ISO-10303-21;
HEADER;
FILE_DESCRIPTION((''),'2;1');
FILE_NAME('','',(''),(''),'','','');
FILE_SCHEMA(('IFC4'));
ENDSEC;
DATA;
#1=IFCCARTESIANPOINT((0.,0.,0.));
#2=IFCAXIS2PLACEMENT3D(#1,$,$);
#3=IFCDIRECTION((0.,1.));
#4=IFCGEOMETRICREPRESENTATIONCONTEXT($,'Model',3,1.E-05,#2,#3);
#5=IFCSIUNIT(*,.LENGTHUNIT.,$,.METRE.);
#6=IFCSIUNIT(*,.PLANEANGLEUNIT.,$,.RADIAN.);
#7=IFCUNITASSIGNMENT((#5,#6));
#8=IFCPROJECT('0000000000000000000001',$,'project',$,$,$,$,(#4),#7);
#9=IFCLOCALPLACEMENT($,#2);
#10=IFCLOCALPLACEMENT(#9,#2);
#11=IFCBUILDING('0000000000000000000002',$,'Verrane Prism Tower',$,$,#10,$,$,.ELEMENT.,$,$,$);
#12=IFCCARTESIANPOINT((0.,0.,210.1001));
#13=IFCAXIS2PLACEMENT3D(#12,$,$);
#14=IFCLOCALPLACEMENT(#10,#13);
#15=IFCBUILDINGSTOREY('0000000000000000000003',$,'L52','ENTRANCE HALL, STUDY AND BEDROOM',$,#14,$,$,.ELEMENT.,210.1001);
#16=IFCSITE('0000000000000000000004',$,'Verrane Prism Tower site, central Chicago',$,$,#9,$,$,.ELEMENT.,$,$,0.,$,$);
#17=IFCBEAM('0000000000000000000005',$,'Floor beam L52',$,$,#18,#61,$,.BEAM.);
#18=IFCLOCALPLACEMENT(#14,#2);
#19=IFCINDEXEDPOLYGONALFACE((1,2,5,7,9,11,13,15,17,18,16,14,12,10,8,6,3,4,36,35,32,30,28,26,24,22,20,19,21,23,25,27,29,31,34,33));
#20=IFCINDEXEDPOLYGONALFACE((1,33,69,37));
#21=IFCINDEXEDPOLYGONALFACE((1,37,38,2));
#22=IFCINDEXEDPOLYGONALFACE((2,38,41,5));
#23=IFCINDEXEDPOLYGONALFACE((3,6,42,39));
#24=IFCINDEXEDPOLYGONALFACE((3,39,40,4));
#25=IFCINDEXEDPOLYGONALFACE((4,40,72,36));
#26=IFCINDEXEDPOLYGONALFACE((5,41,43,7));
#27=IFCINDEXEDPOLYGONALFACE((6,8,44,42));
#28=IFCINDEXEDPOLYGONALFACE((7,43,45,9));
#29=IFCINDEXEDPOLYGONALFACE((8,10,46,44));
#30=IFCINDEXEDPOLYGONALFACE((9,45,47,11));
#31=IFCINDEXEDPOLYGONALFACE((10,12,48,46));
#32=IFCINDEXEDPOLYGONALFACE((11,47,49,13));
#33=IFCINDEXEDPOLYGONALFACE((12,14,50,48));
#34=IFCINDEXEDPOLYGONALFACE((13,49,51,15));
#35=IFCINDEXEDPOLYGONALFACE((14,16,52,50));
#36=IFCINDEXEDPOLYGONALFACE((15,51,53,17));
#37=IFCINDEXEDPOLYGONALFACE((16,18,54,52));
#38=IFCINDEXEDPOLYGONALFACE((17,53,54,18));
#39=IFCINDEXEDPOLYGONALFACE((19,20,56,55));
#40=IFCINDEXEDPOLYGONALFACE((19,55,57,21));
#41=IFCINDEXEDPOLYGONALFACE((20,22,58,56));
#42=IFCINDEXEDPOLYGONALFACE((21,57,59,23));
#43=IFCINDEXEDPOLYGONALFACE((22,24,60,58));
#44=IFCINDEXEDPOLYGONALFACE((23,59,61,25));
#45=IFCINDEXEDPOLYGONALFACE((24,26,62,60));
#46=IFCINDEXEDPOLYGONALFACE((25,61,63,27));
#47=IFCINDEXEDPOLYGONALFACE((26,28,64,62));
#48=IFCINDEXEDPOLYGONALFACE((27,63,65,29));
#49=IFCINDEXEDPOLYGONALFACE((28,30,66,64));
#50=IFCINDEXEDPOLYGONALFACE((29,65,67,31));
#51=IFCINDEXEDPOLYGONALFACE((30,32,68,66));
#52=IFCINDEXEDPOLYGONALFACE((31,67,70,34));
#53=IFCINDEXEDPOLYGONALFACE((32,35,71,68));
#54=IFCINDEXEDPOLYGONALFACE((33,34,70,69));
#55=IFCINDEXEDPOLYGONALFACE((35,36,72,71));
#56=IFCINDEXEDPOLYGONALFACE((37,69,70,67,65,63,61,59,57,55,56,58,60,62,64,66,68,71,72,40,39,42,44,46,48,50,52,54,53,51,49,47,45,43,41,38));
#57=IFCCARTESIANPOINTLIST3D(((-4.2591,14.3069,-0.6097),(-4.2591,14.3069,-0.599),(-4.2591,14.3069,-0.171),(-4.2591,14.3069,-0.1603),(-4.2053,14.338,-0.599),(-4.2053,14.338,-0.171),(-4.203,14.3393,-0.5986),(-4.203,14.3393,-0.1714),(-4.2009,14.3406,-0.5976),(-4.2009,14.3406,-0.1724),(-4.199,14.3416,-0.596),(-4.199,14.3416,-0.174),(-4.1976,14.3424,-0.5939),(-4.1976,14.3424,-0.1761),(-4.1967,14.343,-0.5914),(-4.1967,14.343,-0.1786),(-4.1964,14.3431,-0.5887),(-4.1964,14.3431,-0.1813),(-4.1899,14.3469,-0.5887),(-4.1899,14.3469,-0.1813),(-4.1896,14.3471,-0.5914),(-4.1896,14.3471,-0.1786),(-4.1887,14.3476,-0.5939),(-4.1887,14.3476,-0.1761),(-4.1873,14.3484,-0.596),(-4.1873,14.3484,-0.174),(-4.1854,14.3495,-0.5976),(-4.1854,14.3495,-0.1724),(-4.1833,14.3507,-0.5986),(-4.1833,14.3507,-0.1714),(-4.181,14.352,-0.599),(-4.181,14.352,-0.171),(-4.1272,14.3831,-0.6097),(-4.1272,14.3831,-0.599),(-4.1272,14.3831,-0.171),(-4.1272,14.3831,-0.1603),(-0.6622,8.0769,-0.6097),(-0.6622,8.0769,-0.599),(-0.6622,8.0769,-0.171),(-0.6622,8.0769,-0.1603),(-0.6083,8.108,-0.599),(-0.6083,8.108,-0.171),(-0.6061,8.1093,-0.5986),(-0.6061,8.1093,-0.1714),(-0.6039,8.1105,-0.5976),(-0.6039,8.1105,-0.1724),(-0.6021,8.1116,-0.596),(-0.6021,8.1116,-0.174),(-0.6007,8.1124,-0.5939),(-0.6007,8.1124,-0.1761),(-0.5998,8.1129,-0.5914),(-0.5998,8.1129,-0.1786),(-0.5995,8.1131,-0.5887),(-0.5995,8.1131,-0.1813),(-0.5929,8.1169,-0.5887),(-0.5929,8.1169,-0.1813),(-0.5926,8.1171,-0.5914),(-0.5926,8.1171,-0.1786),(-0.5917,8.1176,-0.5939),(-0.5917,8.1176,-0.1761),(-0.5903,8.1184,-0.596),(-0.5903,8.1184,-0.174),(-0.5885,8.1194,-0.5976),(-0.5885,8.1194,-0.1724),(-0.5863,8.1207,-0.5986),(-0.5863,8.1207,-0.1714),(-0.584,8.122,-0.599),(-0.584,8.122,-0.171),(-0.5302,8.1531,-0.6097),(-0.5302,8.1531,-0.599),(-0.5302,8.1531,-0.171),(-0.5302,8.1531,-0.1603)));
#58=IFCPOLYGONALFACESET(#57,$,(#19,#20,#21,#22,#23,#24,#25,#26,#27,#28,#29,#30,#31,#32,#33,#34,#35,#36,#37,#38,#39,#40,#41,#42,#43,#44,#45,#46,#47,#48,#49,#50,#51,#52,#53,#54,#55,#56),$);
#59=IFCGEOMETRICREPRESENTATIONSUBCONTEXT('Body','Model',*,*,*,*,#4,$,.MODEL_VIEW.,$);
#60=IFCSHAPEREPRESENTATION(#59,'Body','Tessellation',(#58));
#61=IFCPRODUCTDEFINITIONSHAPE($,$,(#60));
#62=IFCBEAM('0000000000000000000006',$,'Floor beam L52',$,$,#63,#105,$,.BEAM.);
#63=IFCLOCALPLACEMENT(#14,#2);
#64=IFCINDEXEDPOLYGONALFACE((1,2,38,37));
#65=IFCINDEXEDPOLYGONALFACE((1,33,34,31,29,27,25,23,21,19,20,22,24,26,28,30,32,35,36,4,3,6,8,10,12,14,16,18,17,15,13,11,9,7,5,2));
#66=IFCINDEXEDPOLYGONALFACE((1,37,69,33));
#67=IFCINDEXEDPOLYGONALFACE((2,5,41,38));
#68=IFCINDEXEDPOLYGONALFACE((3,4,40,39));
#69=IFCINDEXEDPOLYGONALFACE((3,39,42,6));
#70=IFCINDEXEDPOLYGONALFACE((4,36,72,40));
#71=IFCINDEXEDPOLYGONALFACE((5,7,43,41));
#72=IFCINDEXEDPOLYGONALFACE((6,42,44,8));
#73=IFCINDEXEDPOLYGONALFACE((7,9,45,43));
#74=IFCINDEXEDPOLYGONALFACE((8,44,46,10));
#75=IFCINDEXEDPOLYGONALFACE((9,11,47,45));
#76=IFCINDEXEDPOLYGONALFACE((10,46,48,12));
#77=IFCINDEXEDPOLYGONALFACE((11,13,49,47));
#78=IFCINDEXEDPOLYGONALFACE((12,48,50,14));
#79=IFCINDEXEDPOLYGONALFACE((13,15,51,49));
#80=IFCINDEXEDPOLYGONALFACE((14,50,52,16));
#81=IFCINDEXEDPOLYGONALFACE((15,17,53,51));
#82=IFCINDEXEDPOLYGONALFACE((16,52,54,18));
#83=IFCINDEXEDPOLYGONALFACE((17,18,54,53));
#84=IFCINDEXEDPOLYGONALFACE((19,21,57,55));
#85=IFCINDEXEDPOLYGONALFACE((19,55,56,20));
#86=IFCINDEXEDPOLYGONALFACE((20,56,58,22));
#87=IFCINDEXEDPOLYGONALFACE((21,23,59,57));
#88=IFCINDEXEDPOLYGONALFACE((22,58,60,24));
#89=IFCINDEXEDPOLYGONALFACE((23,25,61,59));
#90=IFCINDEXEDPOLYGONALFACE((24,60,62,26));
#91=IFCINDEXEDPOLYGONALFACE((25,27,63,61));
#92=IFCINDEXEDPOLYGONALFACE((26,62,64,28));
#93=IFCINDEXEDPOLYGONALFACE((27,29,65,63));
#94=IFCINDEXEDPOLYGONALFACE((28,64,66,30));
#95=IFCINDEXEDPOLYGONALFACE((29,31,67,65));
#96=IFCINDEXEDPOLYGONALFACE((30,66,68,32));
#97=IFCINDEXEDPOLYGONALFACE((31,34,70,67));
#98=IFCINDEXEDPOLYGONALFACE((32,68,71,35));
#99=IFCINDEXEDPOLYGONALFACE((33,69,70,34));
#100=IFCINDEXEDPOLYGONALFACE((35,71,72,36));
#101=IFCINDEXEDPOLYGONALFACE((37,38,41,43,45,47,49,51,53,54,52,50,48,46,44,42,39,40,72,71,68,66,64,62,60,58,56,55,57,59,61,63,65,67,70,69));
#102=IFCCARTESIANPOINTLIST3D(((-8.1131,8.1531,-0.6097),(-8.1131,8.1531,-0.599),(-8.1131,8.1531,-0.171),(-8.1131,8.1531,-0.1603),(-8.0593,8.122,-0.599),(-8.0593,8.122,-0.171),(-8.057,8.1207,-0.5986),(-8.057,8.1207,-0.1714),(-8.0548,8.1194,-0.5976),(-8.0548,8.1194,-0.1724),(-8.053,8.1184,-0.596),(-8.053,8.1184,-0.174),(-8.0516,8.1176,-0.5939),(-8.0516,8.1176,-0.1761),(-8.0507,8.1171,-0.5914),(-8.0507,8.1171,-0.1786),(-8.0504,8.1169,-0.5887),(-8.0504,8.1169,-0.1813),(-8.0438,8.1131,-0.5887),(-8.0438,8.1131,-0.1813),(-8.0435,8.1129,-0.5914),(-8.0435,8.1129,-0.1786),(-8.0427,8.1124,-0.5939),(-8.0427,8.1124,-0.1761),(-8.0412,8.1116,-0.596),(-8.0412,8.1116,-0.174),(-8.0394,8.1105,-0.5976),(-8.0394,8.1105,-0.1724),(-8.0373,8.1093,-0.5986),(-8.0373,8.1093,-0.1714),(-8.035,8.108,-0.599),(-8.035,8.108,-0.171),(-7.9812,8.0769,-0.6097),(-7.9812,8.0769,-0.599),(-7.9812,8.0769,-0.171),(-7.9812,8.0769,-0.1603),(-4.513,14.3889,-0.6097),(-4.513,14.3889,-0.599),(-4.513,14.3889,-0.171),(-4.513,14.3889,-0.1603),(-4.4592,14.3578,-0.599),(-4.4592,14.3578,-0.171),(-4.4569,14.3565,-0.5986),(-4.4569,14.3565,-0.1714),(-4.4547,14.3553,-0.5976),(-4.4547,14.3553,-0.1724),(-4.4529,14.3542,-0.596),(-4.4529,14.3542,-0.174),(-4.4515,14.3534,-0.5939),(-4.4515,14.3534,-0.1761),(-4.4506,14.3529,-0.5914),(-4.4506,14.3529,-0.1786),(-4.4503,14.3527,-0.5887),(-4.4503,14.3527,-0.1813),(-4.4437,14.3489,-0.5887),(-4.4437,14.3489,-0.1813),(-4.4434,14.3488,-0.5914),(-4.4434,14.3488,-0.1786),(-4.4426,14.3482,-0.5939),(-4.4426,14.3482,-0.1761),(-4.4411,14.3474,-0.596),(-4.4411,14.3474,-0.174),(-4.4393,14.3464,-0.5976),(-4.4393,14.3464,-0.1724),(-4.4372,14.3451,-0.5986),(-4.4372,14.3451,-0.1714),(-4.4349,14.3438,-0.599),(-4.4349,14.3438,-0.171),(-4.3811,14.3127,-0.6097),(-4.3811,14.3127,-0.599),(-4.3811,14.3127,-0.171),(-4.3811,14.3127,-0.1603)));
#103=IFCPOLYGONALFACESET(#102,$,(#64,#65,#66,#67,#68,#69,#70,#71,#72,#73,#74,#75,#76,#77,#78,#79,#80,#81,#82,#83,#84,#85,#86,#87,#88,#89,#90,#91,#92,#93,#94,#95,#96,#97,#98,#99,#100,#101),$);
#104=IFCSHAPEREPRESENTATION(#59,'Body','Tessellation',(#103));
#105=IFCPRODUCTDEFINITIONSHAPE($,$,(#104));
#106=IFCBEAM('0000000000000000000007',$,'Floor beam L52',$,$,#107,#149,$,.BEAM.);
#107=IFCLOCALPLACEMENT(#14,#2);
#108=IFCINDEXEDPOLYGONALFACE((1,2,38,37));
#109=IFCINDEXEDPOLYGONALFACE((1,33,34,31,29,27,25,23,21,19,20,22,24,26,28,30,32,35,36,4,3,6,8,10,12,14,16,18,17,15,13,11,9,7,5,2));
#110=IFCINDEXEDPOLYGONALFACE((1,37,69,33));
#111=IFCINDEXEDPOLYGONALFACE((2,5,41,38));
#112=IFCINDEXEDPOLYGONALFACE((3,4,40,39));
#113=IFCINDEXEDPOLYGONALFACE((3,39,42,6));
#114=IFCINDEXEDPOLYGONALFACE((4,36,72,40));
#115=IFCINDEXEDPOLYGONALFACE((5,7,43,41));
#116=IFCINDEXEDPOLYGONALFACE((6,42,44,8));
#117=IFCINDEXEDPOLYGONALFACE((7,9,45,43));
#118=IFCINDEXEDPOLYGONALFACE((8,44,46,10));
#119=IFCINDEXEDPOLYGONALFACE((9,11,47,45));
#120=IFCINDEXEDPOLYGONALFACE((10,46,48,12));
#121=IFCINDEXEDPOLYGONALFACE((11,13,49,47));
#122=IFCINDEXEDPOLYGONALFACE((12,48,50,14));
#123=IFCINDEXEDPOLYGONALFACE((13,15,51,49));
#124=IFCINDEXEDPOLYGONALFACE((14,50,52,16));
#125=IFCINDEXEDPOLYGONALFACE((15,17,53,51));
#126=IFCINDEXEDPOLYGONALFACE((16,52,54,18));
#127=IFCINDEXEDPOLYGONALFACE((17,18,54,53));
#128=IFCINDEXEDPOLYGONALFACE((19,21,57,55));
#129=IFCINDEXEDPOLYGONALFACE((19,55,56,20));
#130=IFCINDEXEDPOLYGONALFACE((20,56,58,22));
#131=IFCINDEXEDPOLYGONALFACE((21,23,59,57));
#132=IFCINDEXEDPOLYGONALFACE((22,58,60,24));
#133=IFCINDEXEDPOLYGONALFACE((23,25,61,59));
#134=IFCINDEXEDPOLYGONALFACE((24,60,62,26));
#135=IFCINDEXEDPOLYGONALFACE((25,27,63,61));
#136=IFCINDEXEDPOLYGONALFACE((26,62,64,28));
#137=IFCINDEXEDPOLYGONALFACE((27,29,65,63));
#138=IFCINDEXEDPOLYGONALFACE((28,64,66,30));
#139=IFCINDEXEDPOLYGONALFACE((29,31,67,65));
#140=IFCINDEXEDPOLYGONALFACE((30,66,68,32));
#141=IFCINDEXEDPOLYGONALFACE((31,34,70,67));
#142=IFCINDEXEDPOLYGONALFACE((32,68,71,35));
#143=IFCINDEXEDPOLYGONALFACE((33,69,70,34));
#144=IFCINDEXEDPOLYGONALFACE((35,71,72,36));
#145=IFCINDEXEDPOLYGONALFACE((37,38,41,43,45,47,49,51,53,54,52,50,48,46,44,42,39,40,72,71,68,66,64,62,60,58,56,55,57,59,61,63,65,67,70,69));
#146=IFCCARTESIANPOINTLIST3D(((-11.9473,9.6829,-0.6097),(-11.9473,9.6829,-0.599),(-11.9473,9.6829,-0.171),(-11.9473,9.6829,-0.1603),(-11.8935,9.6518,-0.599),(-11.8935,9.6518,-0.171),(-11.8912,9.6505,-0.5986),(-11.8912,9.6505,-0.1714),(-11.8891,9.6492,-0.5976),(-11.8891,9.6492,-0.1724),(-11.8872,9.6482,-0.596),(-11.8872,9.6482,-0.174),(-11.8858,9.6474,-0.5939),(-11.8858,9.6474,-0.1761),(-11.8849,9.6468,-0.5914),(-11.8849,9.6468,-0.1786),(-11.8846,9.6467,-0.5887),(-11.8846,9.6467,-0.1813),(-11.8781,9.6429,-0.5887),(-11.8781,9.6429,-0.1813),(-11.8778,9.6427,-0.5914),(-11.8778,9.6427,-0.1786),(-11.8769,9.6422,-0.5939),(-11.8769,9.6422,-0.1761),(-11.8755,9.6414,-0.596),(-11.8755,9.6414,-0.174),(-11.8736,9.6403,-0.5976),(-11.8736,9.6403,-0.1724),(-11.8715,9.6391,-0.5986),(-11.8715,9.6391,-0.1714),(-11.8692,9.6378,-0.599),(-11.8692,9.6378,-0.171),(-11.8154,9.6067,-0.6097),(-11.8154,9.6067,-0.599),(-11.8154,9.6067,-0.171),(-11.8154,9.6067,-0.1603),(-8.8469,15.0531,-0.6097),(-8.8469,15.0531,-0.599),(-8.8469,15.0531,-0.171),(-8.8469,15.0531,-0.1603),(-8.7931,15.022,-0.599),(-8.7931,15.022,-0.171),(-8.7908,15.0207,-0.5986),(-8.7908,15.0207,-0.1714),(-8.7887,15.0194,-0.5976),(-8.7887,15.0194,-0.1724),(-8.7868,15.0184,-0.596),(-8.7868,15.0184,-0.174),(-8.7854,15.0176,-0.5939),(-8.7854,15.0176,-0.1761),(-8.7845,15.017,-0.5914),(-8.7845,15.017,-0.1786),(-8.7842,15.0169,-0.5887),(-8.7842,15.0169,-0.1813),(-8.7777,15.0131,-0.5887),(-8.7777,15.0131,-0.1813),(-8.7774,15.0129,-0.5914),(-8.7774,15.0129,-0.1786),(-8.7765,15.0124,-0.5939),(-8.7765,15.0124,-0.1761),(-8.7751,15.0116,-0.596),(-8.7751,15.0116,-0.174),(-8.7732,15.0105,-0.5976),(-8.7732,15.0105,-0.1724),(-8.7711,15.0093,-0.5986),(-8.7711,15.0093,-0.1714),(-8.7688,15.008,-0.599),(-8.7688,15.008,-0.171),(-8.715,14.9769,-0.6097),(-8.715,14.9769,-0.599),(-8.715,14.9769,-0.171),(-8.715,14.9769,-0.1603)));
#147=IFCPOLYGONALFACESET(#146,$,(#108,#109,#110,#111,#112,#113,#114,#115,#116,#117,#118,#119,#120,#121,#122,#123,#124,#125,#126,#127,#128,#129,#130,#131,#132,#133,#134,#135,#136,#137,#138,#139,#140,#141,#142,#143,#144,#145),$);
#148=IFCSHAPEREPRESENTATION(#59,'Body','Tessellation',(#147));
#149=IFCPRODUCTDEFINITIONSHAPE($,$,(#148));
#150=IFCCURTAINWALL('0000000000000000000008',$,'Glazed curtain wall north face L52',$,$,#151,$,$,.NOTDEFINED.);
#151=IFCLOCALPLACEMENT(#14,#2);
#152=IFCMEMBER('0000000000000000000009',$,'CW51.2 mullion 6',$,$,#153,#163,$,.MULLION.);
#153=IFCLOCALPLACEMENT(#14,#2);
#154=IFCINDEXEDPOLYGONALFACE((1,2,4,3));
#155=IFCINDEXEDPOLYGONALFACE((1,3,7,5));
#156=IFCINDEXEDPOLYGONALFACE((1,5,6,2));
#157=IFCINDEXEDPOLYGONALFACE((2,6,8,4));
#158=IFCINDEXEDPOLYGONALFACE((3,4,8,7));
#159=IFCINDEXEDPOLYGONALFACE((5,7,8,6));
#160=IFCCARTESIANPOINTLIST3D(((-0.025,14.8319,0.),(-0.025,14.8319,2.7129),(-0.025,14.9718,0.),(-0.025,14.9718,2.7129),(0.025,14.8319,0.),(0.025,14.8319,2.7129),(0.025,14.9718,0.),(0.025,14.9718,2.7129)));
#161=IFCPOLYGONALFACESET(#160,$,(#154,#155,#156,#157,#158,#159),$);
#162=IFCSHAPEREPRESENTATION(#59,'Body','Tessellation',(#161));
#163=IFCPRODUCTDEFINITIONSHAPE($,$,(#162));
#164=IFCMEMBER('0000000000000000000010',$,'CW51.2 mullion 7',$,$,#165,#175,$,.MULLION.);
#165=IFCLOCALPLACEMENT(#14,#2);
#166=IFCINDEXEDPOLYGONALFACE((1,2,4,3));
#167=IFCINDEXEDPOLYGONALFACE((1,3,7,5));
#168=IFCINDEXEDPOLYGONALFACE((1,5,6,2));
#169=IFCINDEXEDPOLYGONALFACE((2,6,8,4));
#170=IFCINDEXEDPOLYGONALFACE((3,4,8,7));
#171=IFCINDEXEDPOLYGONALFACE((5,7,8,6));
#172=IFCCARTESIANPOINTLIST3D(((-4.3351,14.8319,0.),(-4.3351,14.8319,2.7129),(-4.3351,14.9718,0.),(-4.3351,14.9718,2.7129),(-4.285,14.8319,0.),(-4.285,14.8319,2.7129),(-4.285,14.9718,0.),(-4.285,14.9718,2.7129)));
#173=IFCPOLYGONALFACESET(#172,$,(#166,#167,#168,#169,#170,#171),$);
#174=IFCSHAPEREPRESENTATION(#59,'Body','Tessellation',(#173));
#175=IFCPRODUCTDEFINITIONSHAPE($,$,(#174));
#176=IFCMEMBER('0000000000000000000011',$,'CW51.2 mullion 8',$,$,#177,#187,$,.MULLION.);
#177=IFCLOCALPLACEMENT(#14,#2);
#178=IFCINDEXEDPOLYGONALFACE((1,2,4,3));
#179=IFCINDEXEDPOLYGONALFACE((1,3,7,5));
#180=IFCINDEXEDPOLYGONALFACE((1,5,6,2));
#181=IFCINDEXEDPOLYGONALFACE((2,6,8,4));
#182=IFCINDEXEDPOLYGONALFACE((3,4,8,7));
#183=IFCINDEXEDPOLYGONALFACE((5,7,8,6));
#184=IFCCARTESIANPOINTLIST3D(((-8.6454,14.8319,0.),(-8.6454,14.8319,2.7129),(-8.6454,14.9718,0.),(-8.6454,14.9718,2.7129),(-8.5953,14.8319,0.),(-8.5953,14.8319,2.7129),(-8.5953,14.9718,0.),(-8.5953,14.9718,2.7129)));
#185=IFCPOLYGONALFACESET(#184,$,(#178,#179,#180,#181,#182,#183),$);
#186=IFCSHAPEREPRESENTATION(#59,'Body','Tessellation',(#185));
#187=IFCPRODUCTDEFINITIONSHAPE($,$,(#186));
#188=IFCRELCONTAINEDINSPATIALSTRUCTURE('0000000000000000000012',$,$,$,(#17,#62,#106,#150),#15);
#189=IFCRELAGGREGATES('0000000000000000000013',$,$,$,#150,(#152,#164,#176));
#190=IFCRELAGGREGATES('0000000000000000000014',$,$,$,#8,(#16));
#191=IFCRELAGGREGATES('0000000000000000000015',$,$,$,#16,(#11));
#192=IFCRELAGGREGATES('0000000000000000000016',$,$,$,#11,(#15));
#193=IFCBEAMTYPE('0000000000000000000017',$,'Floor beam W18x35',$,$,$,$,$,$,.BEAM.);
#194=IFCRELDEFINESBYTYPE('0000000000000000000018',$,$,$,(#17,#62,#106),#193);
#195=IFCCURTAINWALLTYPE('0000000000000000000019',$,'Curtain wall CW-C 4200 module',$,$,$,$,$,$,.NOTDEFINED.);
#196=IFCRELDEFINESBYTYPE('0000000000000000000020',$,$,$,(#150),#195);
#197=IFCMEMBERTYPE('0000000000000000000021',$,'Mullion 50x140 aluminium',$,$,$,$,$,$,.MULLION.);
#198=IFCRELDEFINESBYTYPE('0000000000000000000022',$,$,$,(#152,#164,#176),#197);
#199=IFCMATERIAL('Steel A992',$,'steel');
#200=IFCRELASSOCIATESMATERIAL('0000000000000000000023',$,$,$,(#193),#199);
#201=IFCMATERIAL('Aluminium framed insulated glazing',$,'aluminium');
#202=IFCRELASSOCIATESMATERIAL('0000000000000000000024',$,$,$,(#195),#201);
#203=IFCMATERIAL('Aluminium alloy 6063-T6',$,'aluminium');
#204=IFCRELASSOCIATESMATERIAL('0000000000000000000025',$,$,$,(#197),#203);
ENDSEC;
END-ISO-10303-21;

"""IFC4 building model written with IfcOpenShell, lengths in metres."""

from ifc_helpers import new_model, si_unit, direction, frame, origin, origin_2d, place, context, subcontext, project, spatial, rectangle, i_section, extrude, material, material_profile, profile_set, type_object, element, aggregate, save


model = new_model("IFC4")

# Units and contexts
model_context = context("Model", 3, precision=1e-05, world=origin(), true_north=direction((0.0, 1.0)))
body_context = subcontext(model_context, "Body", "Model", "MODEL_VIEW")
ifc_project = project(units=[si_unit("LENGTHUNIT", "METRE"), si_unit("PLANEANGLEUNIT", "RADIAN")], contexts=[model_context])

# Site, building, storey
site_placement = place(None, origin())
site = spatial("IfcSite", under=ifc_project, at=site_placement, Name="Verrane Prism Tower site, central Chicago", CompositionType="ELEMENT", RefElevation=0.0)
building_placement = place(site_placement, origin())
building = spatial("IfcBuilding", under=site, at=building_placement, Name="Verrane Prism Tower", CompositionType="ELEMENT")
storey_placement = place(building_placement, frame((0.0, 0.0, 210.1001)))
storey = spatial("IfcBuildingStorey", under=building, at=storey_placement, Name="L52", Description="ENTRANCE HALL, STUDY AND BEDROOM", CompositionType="ELEMENT", Elevation=210.1001)

# Beams
ifc_material_1 = material(Name="Steel A992", Category="steel")
ifc_material_profile_1 = material_profile(ifc_material_1, i_section(OverallWidth=0.1523, OverallDepth=0.4495, WebThickness=0.0076, FlangeThickness=0.0107, FilletRadius=0.0103, at=origin_2d()), Name="W18x35")
ifc_profile_set_1 = profile_set([ifc_material_profile_1], Name="Steel A992")
beam_type_1 = type_object("IfcBeamType", Name="Floor beam W18x35", PredefinedType="BEAM", material=ifc_profile_set_1)
beam_1_placement = place(storey_placement, frame((-0.5962, 8.115, -0.385), z_axis=(-0.500004, 0.866023, 0.0), x_axis=(-0.866023, -0.500004, 0.0)))
element("IfcBeam", 1, at=beam_1_placement, inside=storey, type_object=beam_type_1, Name="Floor beam L52", PredefinedType="BEAM", context=body_context, shape_type="SweptSolid", body=[
    extrude(i_section(OverallWidth=0.1523, OverallDepth=0.4495, WebThickness=0.0076, FlangeThickness=0.0107, FilletRadius=0.0103, at=origin_2d()), origin(), (0.0, 0.0, 1.0), 7.1938),
])
beam_2_placement = place(storey_placement, frame((-8.0471, 8.115, -0.385), z_axis=(0.499983, 0.866035, 0.0), x_axis=(-0.866035, 0.499983, 0.0)))
element("IfcBeam", 2, at=beam_2_placement, inside=storey, type_object=beam_type_1, Name="Floor beam L52", PredefinedType="BEAM", context=body_context, shape_type="SweptSolid", body=[
    extrude(i_section(OverallWidth=0.1523, OverallDepth=0.4495, WebThickness=0.0076, FlangeThickness=0.0107, FilletRadius=0.0103, at=origin_2d()), origin(), (0.0, 0.0, 1.0), 7.2004),
])
beam_3_placement = place(storey_placement, frame((-11.8813, 9.6448, -0.385), z_axis=(0.499988, 0.866032, 0.0), x_axis=(-0.866032, 0.499988, 0.0)))
element("IfcBeam", 3, at=beam_3_placement, inside=storey, type_object=beam_type_1, Name="Floor beam L52", PredefinedType="BEAM", context=body_context, shape_type="SweptSolid", body=[
    extrude(i_section(OverallWidth=0.1523, OverallDepth=0.4495, WebThickness=0.0076, FlangeThickness=0.0107, FilletRadius=0.0103, at=origin_2d()), origin(), (0.0, 0.0, 1.0), 6.2009),
])

# Curtain wall, members
ifc_material_2 = material(Name="Aluminium framed insulated glazing", Category="aluminium")
curtain_wall_type = type_object("IfcCurtainWallType", Name="Curtain wall CW-C 4200 module", PredefinedType="NOTDEFINED", material=ifc_material_2)
curtain_wall_placement = place(storey_placement, origin())
curtain_wall = element("IfcCurtainWall", 4, at=curtain_wall_placement, inside=storey, type_object=curtain_wall_type, Name="Glazed curtain wall north face L52", PredefinedType="NOTDEFINED")
ifc_material_3 = material(Name="Aluminium alloy 6063-T6", Category="aluminium")
ifc_material_profile_2 = material_profile(ifc_material_3, rectangle(XDim=0.1399, YDim=0.05, at=origin_2d()), Name="Mullion 50x140 aluminium")
ifc_profile_set_2 = profile_set([ifc_material_profile_2], Name="Aluminium alloy 6063-T6")
member_type_1 = type_object("IfcMemberType", Name="Mullion 50x140 aluminium", PredefinedType="MULLION", material=ifc_profile_set_2)
member_1_placement = place(storey_placement, frame((0.0, 14.9019, 0.0), z_axis=(0.0, 0.0, 1.0), x_axis=(0.0, -1.0, 0.0)))
member_1 = element("IfcMember", 5, at=member_1_placement, type_object=member_type_1, Name="CW51.2 mullion 6", PredefinedType="MULLION", context=body_context, shape_type="SweptSolid", body=[
    extrude(rectangle(XDim=0.1399, YDim=0.05, at=origin_2d()), origin(), (0.0, 0.0, 1.0), 2.7129),
])
member_2_placement = place(storey_placement, frame((-4.3101, 14.9019, 0.0), z_axis=(0.0, 0.0, 1.0), x_axis=(0.0, -1.0, 0.0)))
member_2 = element("IfcMember", 6, at=member_2_placement, type_object=member_type_1, Name="CW51.2 mullion 7", PredefinedType="MULLION", context=body_context, shape_type="SweptSolid", body=[
    extrude(rectangle(XDim=0.1399, YDim=0.05, at=origin_2d()), origin(), (0.0, 0.0, 1.0), 2.7129),
])
member_3_placement = place(storey_placement, frame((-8.6204, 14.9019, 0.0), z_axis=(0.0, 0.0, 1.0), x_axis=(0.0, -1.0, 0.0)))
member_3 = element("IfcMember", 7, at=member_3_placement, type_object=member_type_1, Name="CW51.2 mullion 8", PredefinedType="MULLION", context=body_context, shape_type="SweptSolid", body=[
    extrude(rectangle(XDim=0.1399, YDim=0.05, at=origin_2d()), origin(), (0.0, 0.0, 1.0), 2.7129),
])

aggregate(curtain_wall, [member_1, member_2, member_3])

save(model, "model.ifc")
